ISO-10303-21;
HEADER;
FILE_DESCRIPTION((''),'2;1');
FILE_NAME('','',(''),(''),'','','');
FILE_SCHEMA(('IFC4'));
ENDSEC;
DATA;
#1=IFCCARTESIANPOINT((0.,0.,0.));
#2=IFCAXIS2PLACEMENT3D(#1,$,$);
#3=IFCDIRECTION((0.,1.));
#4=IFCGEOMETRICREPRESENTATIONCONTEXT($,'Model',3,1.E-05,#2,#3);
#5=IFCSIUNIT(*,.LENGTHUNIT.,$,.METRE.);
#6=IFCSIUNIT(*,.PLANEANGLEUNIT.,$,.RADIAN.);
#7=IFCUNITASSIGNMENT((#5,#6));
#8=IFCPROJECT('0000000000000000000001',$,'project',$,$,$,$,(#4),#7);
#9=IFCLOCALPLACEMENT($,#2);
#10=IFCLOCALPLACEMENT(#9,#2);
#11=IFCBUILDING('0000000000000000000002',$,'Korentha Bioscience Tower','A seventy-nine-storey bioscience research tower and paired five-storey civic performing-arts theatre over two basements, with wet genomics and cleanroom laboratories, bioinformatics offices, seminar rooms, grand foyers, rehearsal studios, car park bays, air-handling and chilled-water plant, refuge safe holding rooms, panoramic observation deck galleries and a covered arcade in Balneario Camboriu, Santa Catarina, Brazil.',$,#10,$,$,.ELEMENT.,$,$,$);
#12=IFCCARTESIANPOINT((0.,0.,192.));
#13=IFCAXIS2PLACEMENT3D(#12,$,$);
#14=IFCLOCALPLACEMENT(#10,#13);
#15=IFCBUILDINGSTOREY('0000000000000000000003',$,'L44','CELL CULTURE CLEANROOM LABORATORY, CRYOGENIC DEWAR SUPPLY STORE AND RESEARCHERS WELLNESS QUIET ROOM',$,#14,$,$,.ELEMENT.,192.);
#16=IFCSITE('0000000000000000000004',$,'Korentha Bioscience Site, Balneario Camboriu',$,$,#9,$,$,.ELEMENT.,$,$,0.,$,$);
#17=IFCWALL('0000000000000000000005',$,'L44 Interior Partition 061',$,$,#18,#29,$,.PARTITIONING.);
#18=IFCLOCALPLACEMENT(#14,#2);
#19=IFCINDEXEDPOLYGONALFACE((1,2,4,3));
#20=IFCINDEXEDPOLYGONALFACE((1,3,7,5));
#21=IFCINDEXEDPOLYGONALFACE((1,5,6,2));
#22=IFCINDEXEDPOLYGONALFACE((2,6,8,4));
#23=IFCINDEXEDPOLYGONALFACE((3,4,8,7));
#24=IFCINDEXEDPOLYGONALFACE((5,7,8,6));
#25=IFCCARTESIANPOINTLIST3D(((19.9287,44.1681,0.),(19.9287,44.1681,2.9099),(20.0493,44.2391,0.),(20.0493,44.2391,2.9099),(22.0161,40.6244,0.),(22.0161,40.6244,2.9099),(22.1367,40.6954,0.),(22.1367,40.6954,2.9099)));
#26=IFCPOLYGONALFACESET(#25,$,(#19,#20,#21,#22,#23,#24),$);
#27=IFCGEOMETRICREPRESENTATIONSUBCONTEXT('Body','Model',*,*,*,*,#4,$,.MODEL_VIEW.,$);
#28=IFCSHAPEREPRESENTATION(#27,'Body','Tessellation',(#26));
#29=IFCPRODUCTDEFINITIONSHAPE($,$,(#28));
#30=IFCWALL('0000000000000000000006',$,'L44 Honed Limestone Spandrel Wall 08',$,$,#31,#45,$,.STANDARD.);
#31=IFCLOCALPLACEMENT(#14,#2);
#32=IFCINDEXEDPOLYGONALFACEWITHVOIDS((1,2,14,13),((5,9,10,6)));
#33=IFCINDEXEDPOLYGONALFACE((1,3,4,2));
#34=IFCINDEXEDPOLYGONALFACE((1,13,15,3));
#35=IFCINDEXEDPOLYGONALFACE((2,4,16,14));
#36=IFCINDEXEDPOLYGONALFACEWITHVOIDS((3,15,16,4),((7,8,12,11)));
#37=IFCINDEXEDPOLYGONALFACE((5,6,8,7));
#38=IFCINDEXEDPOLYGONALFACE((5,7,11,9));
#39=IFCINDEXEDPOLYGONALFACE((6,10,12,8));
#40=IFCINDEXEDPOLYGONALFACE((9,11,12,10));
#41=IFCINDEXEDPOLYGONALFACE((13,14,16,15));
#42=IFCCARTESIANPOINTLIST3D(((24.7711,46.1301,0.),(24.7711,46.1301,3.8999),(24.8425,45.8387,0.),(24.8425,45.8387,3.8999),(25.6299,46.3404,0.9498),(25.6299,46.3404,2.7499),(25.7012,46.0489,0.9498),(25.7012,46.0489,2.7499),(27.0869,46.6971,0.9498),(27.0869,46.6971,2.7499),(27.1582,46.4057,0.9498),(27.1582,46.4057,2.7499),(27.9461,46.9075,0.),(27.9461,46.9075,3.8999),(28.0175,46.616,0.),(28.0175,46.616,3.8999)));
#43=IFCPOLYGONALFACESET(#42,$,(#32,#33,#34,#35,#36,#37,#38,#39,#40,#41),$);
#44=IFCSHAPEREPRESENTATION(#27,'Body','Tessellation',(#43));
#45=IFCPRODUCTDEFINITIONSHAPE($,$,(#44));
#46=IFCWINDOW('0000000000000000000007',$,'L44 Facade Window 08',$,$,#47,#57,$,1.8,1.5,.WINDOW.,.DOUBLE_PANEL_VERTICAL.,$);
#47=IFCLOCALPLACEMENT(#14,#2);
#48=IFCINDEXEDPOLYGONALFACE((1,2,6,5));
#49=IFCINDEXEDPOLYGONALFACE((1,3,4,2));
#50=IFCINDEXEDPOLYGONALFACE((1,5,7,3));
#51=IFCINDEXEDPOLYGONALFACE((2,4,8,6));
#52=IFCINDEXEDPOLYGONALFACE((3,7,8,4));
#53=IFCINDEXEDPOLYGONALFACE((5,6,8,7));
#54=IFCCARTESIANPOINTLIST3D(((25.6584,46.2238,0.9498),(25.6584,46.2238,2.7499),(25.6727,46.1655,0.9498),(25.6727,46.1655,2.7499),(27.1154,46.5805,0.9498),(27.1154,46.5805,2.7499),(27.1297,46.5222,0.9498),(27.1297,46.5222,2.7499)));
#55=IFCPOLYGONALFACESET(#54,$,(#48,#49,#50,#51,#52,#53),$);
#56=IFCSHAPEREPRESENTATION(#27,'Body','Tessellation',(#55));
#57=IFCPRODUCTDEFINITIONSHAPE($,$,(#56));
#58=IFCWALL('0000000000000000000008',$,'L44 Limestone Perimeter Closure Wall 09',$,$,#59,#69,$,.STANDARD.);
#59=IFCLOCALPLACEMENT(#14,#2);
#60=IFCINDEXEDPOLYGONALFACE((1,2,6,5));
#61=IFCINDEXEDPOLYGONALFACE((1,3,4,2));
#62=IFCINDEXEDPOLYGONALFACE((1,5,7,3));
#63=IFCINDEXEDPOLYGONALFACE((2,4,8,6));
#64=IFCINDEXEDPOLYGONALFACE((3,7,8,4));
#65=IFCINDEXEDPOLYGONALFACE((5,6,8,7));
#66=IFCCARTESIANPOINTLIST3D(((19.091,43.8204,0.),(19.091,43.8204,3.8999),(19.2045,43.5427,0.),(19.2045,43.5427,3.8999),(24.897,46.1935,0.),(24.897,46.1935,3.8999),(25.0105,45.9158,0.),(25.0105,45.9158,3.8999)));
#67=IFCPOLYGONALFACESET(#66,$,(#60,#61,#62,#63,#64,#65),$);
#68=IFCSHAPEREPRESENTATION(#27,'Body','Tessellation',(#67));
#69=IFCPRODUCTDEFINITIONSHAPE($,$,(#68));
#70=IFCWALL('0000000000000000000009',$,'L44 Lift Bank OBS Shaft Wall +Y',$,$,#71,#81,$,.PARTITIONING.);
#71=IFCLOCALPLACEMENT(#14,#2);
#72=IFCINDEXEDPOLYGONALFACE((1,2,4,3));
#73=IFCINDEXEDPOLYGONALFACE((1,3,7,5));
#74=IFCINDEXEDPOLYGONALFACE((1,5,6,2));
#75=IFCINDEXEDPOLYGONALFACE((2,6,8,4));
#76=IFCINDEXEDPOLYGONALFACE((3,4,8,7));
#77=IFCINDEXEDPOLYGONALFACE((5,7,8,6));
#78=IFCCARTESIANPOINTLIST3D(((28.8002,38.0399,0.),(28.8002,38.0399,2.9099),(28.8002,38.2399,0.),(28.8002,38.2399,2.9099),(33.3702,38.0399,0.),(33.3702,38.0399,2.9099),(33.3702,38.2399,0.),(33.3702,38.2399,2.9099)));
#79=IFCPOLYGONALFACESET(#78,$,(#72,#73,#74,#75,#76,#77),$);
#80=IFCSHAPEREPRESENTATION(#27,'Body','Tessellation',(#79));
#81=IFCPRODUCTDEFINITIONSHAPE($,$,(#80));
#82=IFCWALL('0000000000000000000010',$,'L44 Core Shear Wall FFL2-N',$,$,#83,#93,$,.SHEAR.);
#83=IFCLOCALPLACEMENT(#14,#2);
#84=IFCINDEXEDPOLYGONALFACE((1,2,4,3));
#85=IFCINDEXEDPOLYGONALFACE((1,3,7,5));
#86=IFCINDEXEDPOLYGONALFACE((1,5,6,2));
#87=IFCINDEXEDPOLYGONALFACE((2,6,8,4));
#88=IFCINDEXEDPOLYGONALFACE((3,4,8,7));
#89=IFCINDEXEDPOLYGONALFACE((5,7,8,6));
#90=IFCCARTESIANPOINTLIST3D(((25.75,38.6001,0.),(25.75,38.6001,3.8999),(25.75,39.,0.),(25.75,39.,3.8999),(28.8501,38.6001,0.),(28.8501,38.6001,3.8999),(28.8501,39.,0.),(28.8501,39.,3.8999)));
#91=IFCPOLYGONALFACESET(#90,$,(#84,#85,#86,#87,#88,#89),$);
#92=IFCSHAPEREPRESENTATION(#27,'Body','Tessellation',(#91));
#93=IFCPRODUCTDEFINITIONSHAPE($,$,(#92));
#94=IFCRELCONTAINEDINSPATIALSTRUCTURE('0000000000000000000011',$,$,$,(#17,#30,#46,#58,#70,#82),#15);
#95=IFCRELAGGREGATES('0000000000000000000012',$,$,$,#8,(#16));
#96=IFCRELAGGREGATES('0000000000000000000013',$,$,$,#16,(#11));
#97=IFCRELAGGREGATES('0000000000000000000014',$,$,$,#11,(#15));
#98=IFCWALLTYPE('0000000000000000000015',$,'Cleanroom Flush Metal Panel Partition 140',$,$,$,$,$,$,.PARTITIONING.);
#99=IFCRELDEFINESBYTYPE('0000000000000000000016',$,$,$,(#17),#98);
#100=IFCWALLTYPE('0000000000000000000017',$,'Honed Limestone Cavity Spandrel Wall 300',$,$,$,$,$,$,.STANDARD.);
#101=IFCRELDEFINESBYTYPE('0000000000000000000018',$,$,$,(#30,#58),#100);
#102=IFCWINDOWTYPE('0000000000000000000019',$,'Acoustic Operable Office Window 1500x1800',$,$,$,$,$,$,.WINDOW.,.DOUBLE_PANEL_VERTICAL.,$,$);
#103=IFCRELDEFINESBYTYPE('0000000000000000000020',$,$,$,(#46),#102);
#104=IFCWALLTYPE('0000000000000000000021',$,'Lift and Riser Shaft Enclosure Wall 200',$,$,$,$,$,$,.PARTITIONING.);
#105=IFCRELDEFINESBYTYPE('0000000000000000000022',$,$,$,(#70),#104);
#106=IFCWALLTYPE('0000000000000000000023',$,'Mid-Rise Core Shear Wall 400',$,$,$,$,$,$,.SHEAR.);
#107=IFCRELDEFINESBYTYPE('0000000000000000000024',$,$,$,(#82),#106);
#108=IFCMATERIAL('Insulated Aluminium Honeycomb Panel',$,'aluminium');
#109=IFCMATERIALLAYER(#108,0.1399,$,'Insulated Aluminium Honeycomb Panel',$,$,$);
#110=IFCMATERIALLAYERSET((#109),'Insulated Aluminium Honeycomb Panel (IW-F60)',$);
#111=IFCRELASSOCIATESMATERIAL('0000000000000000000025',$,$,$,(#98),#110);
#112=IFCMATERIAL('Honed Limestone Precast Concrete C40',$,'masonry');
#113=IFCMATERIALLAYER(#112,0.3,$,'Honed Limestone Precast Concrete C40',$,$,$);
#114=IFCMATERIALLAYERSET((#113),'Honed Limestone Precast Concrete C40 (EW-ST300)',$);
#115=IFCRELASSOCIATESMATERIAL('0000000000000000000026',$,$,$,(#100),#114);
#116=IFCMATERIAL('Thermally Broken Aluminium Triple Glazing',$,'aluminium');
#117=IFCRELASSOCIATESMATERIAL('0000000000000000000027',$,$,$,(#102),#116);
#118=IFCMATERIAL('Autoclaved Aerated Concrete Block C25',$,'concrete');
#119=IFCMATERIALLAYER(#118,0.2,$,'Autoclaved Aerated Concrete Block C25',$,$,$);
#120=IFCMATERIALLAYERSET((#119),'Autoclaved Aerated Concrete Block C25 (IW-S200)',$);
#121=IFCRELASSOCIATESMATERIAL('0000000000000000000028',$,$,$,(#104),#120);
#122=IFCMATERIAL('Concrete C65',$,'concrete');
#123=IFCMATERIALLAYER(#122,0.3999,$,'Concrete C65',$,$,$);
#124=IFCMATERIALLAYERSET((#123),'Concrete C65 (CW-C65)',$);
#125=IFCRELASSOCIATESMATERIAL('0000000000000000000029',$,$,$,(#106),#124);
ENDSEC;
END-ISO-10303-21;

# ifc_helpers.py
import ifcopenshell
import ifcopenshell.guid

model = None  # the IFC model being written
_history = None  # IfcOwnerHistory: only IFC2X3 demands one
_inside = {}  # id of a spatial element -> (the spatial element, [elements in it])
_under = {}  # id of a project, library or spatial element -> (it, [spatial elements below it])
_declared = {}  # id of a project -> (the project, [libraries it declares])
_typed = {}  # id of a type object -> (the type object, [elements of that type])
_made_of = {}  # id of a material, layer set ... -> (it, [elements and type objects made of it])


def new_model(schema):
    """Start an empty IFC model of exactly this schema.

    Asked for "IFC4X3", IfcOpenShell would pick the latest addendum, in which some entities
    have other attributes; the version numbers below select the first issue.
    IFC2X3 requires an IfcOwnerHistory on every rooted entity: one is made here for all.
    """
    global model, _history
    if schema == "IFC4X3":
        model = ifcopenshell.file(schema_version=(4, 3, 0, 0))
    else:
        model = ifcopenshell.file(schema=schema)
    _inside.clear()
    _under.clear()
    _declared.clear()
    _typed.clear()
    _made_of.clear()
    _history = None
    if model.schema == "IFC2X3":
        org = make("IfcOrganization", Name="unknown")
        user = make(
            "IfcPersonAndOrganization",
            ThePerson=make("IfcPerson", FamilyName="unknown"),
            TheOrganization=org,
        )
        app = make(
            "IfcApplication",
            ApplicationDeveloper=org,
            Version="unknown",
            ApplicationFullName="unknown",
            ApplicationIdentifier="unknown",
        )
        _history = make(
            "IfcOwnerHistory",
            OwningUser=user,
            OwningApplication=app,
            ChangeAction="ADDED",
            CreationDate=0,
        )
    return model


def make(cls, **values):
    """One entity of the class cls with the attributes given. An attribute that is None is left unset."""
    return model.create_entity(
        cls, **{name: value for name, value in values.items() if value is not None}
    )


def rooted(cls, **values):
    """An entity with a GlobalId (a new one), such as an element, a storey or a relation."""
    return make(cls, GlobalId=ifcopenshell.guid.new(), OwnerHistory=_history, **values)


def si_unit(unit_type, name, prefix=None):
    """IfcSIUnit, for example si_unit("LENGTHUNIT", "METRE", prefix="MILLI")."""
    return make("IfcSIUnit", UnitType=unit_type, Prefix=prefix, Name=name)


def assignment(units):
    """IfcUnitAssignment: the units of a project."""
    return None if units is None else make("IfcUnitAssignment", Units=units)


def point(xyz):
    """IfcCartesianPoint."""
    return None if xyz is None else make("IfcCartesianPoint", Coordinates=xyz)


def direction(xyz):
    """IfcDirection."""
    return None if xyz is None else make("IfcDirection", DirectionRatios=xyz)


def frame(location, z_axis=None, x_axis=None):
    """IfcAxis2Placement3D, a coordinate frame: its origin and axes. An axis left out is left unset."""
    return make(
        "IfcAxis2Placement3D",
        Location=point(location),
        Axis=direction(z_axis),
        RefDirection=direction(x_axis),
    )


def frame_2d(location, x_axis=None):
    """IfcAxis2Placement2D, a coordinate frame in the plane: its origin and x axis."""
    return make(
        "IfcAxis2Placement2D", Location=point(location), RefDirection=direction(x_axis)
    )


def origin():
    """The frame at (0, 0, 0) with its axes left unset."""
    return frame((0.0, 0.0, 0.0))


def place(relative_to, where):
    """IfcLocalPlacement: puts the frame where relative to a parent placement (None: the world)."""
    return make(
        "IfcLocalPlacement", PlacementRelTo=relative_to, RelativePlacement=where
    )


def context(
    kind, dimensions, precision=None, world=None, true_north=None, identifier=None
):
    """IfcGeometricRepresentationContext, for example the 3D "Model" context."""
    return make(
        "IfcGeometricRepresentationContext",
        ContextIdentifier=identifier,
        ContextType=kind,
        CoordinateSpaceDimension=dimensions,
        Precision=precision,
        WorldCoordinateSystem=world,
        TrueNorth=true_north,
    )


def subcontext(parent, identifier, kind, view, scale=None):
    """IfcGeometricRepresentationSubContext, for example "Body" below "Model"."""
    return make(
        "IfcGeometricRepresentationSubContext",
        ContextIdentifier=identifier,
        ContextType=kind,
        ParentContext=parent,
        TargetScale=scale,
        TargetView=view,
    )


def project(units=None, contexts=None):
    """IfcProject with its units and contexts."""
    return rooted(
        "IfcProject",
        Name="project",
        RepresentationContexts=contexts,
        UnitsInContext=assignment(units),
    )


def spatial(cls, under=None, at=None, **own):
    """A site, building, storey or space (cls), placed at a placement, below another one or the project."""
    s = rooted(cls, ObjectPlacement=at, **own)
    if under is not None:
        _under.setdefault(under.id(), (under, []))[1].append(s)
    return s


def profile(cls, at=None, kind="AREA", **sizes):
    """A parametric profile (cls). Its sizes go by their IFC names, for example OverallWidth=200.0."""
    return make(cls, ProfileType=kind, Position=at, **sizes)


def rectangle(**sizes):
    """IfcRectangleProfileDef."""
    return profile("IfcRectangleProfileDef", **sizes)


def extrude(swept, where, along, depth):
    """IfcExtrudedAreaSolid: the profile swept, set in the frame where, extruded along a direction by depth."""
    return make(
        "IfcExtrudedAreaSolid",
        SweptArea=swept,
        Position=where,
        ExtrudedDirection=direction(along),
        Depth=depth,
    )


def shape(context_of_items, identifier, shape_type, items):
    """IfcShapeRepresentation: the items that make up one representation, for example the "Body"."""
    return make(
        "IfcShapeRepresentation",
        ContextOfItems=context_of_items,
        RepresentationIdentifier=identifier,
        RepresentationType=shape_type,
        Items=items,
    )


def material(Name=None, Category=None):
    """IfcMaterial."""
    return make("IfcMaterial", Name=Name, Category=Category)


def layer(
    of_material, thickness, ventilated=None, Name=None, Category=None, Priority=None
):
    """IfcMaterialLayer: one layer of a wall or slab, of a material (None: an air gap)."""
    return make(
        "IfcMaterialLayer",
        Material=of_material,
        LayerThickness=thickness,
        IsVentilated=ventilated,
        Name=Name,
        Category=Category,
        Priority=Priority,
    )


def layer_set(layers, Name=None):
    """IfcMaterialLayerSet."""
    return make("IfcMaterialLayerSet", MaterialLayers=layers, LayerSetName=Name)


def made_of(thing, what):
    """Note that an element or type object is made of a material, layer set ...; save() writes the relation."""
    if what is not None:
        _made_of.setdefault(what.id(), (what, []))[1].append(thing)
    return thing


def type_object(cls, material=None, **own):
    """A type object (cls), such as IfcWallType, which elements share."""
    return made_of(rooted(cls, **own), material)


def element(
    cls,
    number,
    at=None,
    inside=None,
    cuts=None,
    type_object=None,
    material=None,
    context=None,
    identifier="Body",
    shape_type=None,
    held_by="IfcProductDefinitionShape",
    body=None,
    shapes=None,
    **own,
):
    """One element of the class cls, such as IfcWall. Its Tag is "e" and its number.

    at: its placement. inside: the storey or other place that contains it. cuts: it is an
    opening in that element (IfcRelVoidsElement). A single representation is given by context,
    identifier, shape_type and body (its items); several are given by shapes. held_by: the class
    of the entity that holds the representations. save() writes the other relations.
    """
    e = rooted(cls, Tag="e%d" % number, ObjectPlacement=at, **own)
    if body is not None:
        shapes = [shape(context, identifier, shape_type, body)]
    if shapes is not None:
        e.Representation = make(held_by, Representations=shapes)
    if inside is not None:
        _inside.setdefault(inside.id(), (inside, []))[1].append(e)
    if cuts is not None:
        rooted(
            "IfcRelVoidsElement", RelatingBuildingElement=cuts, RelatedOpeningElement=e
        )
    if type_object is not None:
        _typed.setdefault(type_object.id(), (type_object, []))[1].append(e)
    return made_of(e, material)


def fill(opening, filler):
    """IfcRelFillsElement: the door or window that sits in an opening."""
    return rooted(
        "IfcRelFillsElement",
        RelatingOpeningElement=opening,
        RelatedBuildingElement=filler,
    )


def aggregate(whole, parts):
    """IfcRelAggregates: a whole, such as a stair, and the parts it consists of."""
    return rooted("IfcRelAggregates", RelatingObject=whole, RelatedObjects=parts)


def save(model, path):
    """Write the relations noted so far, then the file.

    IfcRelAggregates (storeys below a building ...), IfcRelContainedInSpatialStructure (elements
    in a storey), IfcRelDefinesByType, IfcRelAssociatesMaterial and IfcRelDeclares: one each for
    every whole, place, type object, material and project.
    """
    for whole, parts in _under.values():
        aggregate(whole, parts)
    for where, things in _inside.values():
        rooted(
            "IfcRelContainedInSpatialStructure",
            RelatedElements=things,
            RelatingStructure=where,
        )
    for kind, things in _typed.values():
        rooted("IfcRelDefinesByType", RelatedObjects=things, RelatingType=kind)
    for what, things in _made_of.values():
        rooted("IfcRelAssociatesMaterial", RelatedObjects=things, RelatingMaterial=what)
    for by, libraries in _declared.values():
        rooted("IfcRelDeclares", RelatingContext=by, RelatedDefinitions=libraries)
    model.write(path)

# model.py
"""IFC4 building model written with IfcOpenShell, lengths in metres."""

from ifc_helpers import new_model, si_unit, direction, frame, frame_2d, origin, place, context, subcontext, project, spatial, rectangle, extrude, material, layer, layer_set, type_object, element, fill, save


model = new_model("IFC4")

# Units and contexts
model_context = context("Model", 3, precision=1e-05, world=origin(), true_north=direction((0.0, 1.0)))
body_context = subcontext(model_context, "Body", "Model", "MODEL_VIEW")
ifc_project = project(units=[si_unit("LENGTHUNIT", "METRE"), si_unit("PLANEANGLEUNIT", "RADIAN")], contexts=[model_context])

# Site, building, storey
site_placement = place(None, origin())
site = spatial("IfcSite", under=ifc_project, at=site_placement, Name="Korentha Bioscience Site, Balneario Camboriu", CompositionType="ELEMENT", RefElevation=0.0)
building_placement = place(site_placement, origin())
building = spatial("IfcBuilding", under=site, at=building_placement, Name="Korentha Bioscience Tower", Description="A seventy-nine-storey bioscience research tower and paired five-storey civic performing-arts theatre over two basements, with wet genomics and cleanroom laboratories, bioinformatics offices, seminar rooms, grand foyers, rehearsal studios, car park bays, air-handling and chilled-water plant, refuge safe holding rooms, panoramic observation deck galleries and a covered arcade in Balneario Camboriu, Santa Catarina, Brazil.", CompositionType="ELEMENT")
storey_placement = place(building_placement, frame((0.0, 0.0, 192.0)))
storey = spatial("IfcBuildingStorey", under=building, at=storey_placement, Name="L44", Description="CELL CULTURE CLEANROOM LABORATORY, CRYOGENIC DEWAR SUPPLY STORE AND RESEARCHERS WELLNESS QUIET ROOM", CompositionType="ELEMENT", Elevation=192.0)

# Shared definitions
ifc_material_1 = material(Name="Concrete C65", Category="concrete")

# Wall
ifc_material_2 = material(Name="Insulated Aluminium Honeycomb Panel", Category="aluminium")
ifc_layer_1 = layer(ifc_material_2, 0.1399, Name="Insulated Aluminium Honeycomb Panel")
ifc_layer_set_1 = layer_set([ifc_layer_1], Name="Insulated Aluminium Honeycomb Panel (IW-F60)")
wall_type_1 = type_object("IfcWallType", Name="Cleanroom Flush Metal Panel Partition 140", PredefinedType="PARTITIONING", material=ifc_layer_set_1)
wall_1_placement = place(storey_placement, frame((22.0764, 40.6599, 0.0), z_axis=(0.0, 0.0, 1.0), x_axis=(-0.507539, 0.861629, 0.0)))
element("IfcWall", 1, at=wall_1_placement, inside=storey, type_object=wall_type_1, Name="L44 Interior Partition 061", PredefinedType="PARTITIONING", context=body_context, shape_type="SweptSolid", body=[
    extrude(rectangle(XDim=4.1128, YDim=0.1399, at=frame_2d((2.0564, 0.0))), origin(), (0.0, 0.0, 1.0), 2.9099),
])

# Wall, opening, window
ifc_material_3 = material(Name="Honed Limestone Precast Concrete C40", Category="masonry")
ifc_layer_2 = layer(ifc_material_3, 0.3, Name="Honed Limestone Precast Concrete C40")
ifc_layer_set_2 = layer_set([ifc_layer_2], Name="Honed Limestone Precast Concrete C40 (EW-ST300)")
wall_type_2 = type_object("IfcWallType", Name="Honed Limestone Cavity Spandrel Wall 300", PredefinedType="STANDARD", material=ifc_layer_set_2)
wall_2_placement = place(storey_placement, frame((27.9817, 46.7617, 0.0), z_axis=(0.0, 0.0, 1.0), x_axis=(-0.971313, -0.237805, 0.0)))
wall_2 = element("IfcWall", 2, at=wall_2_placement, inside=storey, type_object=wall_type_2, Name="L44 Honed Limestone Spandrel Wall 08", PredefinedType="STANDARD", context=body_context, shape_type="SweptSolid", body=[
    extrude(rectangle(XDim=3.2688, YDim=0.3, at=frame_2d((1.6343, 0.0))), origin(), (0.0, 0.0, 1.0), 3.8999),
])
opening_1_placement = place(wall_2_placement, frame((0.8845, 0.0, 0.95)))
opening_1 = element("IfcOpeningElement", 3, at=opening_1_placement, cuts=wall_2, PredefinedType="OPENING", context=body_context, shape_type="SweptSolid", body=[
    extrude(rectangle(XDim=1.5, YDim=1.8, at=frame_2d((0.75, 0.8999))), frame((0.0, 0.165, 0.0), z_axis=(0.0, -1.0, 0.0), x_axis=(1.0, 0.0, 0.0)), (0.0, 0.0, 1.0), 0.3298),
])
ifc_material_4 = material(Name="Thermally Broken Aluminium Triple Glazing", Category="aluminium")
window_type = type_object("IfcWindowType", Name="Acoustic Operable Office Window 1500x1800", PartitioningType="DOUBLE_PANEL_VERTICAL", PredefinedType="WINDOW", material=ifc_material_4)
window_placement = place(opening_1_placement, origin())
window = element("IfcWindow", 4, at=window_placement, inside=storey, type_object=window_type, Name="L44 Facade Window 08", OverallHeight=1.8, OverallWidth=1.5, PartitioningType="DOUBLE_PANEL_VERTICAL", PredefinedType="WINDOW", context=body_context, shape_type="SweptSolid", body=[
    extrude(rectangle(XDim=1.5, YDim=1.8, at=frame_2d((0.75, 0.8999))), frame((0.0, 0.03, 0.0), z_axis=(0.0, -1.0, 0.0), x_axis=(1.0, 0.0, 0.0)), (0.0, 0.0, 1.0), 0.0601),
])
fill(opening_1, window)

# Walls
wall_3_placement = place(storey_placement, frame((24.9539, 46.0547, 0.0), z_axis=(0.0, 0.0, 1.0), x_axis=(-0.925664, -0.378346, 0.0)))
element("IfcWall", 5, at=wall_3_placement, inside=storey, type_object=wall_type_2, Name="L44 Limestone Perimeter Closure Wall 09", PredefinedType="STANDARD", context=body_context, shape_type="SweptSolid", body=[
    extrude(rectangle(XDim=6.2722, YDim=0.3, at=frame_2d((3.1362, 0.0))), origin(), (0.0, 0.0, 1.0), 3.8999),
])
ifc_material_5 = material(Name="Autoclaved Aerated Concrete Block C25", Category="concrete")
ifc_layer_3 = layer(ifc_material_5, 0.2, Name="Autoclaved Aerated Concrete Block C25")
ifc_layer_set_3 = layer_set([ifc_layer_3], Name="Autoclaved Aerated Concrete Block C25 (IW-S200)")
wall_type_3 = type_object("IfcWallType", Name="Lift and Riser Shaft Enclosure Wall 200", PredefinedType="PARTITIONING", material=ifc_layer_set_3)
wall_4_placement = place(storey_placement, frame((28.8, 38.1399, 0.0), z_axis=(0.0, 0.0, 1.0), x_axis=(1.0, 0.0, 0.0)))
element("IfcWall", 6, at=wall_4_placement, inside=storey, type_object=wall_type_3, Name="L44 Lift Bank OBS Shaft Wall +Y", PredefinedType="PARTITIONING", context=body_context, shape_type="SweptSolid", body=[
    extrude(rectangle(XDim=4.5701, YDim=0.2, at=frame_2d((2.2852, 0.0))), origin(), (0.0, 0.0, 1.0), 2.9099),
])
ifc_layer_4 = layer(ifc_material_1, 0.3999, Name="Concrete C65")
ifc_layer_set_4 = layer_set([ifc_layer_4], Name="Concrete C65 (CW-C65)")
wall_type_4 = type_object("IfcWallType", Name="Mid-Rise Core Shear Wall 400", PredefinedType="SHEAR", material=ifc_layer_set_4)
wall_5_placement = place(storey_placement, frame((25.75, 38.8, 0.0), z_axis=(0.0, 0.0, 1.0), x_axis=(1.0, 0.0, 0.0)))
element("IfcWall", 7, at=wall_5_placement, inside=storey, type_object=wall_type_4, Name="L44 Core Shear Wall FFL2-N", PredefinedType="SHEAR", context=body_context, shape_type="SweptSolid", body=[
    extrude(rectangle(XDim=3.1001, YDim=0.3999, at=frame_2d((1.55, 0.0))), origin(), (0.0, 0.0, 1.0), 3.8999),
])

save(model, "model.ifc")
